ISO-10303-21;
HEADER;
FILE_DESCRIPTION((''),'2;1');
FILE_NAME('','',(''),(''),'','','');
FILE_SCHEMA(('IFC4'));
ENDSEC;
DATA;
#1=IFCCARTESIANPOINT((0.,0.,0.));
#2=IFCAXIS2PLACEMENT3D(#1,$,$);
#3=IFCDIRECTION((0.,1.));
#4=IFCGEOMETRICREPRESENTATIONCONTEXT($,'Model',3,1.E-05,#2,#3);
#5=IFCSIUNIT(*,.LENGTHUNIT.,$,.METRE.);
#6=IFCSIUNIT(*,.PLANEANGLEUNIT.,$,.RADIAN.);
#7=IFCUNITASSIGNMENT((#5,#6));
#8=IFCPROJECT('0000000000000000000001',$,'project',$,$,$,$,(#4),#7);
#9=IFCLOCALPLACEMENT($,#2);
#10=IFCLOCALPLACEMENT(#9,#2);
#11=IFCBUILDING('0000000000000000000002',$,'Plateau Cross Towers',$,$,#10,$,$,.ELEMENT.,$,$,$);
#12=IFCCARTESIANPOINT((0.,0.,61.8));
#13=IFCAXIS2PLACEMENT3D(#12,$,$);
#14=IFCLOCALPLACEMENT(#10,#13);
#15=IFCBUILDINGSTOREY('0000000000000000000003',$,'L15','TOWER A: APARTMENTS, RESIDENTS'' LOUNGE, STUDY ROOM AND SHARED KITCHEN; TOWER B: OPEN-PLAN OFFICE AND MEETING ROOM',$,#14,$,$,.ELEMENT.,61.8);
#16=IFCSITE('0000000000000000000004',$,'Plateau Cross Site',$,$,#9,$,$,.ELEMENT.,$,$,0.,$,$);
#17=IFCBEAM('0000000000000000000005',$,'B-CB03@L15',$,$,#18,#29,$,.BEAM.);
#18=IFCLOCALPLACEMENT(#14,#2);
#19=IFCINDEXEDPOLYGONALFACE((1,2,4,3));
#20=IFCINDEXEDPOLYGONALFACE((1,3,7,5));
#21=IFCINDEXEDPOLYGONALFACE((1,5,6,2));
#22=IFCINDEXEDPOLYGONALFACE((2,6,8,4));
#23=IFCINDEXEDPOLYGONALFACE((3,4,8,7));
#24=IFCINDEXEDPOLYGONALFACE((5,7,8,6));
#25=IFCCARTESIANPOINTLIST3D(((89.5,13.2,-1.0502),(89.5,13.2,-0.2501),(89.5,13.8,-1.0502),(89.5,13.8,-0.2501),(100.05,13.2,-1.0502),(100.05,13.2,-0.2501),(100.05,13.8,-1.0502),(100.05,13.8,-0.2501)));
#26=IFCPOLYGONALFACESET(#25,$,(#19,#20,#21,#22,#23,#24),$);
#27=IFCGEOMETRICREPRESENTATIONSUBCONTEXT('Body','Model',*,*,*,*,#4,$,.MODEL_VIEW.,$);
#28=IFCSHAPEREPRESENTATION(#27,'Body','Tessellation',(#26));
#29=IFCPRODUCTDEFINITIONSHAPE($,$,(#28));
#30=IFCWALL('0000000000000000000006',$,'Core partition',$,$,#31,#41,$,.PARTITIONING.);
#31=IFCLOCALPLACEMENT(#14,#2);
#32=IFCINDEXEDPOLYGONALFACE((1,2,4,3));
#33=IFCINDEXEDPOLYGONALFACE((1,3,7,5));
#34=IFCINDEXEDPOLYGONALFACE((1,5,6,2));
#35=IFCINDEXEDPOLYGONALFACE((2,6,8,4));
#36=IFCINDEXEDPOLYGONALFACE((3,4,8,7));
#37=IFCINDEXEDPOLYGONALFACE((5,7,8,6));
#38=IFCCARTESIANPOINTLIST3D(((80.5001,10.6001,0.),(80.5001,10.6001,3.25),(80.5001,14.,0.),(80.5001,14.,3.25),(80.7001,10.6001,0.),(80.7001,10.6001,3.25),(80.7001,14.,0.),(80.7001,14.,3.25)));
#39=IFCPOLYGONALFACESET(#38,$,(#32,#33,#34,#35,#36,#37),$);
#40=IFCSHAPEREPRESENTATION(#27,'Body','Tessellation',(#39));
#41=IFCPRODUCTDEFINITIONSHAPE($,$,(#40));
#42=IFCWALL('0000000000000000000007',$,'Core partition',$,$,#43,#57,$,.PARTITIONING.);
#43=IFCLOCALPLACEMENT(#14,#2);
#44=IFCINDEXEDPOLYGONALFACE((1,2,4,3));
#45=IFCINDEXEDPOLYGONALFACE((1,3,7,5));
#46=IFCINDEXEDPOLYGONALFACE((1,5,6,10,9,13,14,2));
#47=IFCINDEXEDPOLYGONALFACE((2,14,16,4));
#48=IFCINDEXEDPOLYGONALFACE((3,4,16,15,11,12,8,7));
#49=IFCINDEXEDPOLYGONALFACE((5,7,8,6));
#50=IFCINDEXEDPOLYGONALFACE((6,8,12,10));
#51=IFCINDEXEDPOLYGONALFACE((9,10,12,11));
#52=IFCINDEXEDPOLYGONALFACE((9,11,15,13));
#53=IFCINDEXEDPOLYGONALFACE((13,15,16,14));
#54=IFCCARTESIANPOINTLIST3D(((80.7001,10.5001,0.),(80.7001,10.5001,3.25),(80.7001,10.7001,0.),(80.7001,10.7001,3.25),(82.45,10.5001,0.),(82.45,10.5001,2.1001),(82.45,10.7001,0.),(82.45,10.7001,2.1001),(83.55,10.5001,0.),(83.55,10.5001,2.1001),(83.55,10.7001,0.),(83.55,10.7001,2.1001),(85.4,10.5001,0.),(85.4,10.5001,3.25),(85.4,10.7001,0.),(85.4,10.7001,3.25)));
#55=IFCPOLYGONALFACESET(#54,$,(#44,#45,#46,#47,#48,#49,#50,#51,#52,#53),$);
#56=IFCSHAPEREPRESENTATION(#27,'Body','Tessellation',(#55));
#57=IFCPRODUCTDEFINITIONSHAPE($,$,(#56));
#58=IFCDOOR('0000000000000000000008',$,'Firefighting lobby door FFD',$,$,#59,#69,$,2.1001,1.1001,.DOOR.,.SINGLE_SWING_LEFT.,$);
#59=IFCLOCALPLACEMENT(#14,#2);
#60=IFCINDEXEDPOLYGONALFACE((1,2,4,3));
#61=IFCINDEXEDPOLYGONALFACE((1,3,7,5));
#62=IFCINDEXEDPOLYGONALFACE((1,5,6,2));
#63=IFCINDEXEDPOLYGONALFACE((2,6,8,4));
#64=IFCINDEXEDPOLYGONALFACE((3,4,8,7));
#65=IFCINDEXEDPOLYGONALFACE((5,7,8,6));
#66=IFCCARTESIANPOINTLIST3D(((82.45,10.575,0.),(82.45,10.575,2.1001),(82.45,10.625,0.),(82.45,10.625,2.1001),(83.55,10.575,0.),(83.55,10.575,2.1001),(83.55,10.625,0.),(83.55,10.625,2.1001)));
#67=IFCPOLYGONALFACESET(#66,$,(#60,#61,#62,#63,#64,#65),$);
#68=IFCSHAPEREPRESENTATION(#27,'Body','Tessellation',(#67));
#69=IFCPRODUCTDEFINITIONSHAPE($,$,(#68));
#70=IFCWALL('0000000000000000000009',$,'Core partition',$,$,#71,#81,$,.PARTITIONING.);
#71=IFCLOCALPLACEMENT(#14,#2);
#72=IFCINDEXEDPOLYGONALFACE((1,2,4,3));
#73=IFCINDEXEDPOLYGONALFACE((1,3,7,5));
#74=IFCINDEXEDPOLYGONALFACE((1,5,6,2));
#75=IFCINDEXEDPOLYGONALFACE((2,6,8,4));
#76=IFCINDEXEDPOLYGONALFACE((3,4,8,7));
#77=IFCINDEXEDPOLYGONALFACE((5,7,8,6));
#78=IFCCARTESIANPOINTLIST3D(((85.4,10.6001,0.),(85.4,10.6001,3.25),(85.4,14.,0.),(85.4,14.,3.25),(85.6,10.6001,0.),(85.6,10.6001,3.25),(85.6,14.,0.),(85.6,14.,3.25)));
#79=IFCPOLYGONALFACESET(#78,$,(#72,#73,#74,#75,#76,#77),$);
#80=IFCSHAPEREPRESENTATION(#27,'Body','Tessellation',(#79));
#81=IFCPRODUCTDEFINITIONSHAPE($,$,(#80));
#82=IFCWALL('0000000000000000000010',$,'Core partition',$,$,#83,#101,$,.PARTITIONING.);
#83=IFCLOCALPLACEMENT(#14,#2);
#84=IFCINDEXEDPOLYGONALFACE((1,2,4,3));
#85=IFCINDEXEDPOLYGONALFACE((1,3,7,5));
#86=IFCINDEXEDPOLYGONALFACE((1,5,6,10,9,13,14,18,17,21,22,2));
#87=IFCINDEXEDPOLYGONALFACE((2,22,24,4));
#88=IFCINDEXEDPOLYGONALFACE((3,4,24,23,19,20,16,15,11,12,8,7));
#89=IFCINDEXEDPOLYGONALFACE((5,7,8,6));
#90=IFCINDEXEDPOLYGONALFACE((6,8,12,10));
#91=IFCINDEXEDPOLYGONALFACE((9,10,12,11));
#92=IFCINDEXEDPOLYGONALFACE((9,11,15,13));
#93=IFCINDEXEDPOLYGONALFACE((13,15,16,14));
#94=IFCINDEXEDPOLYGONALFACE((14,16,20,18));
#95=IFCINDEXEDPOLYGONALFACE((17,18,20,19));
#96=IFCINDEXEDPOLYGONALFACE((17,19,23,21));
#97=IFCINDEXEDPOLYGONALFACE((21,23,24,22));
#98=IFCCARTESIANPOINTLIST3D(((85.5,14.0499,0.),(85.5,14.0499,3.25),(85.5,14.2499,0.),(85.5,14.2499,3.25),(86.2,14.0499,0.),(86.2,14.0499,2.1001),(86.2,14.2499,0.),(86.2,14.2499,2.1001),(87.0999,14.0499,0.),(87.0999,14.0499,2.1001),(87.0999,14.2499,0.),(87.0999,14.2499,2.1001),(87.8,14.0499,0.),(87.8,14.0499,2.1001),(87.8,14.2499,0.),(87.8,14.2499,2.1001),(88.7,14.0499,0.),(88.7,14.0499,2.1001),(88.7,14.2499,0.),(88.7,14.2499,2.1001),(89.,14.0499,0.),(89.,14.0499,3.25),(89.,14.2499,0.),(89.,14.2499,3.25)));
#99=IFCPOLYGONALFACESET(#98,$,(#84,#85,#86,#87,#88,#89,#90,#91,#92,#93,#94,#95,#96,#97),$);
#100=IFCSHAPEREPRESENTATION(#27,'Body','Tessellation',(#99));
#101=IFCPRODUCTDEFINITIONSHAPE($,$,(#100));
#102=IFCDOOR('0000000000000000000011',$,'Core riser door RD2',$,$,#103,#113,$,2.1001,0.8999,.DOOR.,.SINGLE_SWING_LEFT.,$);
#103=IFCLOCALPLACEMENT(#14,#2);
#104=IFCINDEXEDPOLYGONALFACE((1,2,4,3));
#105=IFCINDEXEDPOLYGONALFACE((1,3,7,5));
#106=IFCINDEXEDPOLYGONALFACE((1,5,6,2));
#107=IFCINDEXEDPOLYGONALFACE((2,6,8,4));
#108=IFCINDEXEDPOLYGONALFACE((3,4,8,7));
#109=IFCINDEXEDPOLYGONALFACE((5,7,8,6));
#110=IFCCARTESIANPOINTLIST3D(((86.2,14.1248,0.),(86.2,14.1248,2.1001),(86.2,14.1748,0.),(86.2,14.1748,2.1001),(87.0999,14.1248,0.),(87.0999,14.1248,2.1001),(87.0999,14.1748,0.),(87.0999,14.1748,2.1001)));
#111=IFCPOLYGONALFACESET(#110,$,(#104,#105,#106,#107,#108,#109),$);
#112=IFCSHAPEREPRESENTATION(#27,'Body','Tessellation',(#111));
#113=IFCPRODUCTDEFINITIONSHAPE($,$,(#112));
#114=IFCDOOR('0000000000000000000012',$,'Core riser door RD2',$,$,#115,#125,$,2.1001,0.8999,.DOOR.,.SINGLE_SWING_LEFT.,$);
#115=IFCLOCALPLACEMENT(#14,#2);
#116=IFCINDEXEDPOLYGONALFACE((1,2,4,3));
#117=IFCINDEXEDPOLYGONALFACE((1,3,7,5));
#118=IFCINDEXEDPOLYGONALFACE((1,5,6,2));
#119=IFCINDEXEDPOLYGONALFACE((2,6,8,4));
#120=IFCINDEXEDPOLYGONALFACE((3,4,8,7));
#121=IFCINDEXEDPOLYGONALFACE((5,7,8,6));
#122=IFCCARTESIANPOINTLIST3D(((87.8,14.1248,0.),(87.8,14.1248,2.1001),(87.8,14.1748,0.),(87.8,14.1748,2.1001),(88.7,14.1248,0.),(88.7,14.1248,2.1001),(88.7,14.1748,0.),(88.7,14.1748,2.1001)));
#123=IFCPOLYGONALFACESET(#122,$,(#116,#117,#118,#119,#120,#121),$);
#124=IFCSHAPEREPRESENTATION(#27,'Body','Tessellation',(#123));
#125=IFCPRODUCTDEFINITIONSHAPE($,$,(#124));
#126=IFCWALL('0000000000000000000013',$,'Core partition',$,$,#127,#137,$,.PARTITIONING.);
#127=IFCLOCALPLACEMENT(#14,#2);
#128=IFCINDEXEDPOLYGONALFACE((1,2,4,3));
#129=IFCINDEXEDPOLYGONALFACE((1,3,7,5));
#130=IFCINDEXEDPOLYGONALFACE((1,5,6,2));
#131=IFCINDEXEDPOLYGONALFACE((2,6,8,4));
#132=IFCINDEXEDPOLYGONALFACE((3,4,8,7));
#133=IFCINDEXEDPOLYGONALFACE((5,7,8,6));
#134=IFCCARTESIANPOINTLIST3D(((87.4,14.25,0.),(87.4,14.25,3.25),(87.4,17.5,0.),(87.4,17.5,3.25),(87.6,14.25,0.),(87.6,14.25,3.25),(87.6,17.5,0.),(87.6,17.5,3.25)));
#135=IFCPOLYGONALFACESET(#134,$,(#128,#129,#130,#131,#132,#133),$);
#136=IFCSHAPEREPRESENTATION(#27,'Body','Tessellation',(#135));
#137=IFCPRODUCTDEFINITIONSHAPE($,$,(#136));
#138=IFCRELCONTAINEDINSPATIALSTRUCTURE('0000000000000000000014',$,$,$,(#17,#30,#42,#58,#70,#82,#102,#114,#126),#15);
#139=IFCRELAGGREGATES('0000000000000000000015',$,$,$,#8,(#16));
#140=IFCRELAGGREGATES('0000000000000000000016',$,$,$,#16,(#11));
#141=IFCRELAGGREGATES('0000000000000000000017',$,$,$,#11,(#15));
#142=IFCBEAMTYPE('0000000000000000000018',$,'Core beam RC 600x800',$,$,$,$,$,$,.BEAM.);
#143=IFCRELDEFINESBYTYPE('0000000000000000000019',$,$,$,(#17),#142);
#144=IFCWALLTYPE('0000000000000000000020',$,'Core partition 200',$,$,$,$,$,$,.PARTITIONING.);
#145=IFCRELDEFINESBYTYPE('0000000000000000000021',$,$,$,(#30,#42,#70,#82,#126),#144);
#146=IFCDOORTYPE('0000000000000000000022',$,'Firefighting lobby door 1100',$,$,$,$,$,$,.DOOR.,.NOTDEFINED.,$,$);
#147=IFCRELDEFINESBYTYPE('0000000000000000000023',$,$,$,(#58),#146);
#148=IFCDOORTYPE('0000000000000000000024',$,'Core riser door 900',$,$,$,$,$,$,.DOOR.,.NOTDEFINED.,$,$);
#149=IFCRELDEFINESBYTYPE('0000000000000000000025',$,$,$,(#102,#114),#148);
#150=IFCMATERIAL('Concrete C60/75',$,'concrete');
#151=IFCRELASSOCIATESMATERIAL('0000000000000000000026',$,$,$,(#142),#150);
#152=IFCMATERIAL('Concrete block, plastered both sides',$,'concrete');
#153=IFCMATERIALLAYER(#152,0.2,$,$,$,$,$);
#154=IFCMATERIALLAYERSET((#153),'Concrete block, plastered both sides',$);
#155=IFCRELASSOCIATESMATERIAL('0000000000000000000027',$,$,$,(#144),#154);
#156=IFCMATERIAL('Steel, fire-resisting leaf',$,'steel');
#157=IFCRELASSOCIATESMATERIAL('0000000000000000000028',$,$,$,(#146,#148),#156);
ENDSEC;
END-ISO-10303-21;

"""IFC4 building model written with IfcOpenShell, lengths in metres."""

from ifc_helpers import new_model, si_unit, direction, frame, frame_2d, origin, origin_2d, place, context, subcontext, project, spatial, rectangle, extrude, material, layer, layer_set, material_profile, profile_set, type_object, element, fill, save


model = new_model("IFC4")

# Units and contexts
model_context = context("Model", 3, precision=1e-05, world=origin(), true_north=direction((0.0, 1.0)))
body_context = subcontext(model_context, "Body", "Model", "MODEL_VIEW")
ifc_project = project(units=[si_unit("LENGTHUNIT", "METRE"), si_unit("PLANEANGLEUNIT", "RADIAN")], contexts=[model_context])

# Site, building, storey
site_placement = place(None, origin())
site = spatial("IfcSite", under=ifc_project, at=site_placement, Name="Plateau Cross Site", CompositionType="ELEMENT", RefElevation=0.0)
building_placement = place(site_placement, origin())
building = spatial("IfcBuilding", under=site, at=building_placement, Name="Plateau Cross Towers", CompositionType="ELEMENT")
storey_placement = place(building_placement, frame((0.0, 0.0, 61.8)))
storey = spatial("IfcBuildingStorey", under=building, at=storey_placement, Name="L15", Description="TOWER A: APARTMENTS, RESIDENTS' LOUNGE, STUDY ROOM AND SHARED KITCHEN; TOWER B: OPEN-PLAN OFFICE AND MEETING ROOM", CompositionType="ELEMENT", Elevation=61.8)

# Beam
ifc_material_1 = material(Name="Concrete C60/75", Category="concrete")
ifc_material_profile = material_profile(ifc_material_1, rectangle(XDim=0.6001, YDim=0.8, at=origin_2d()), Name="RC 600x800")
ifc_profile_set = profile_set([ifc_material_profile], Name="Concrete C60/75")
beam_type = type_object("IfcBeamType", Name="Core beam RC 600x800", PredefinedType="BEAM", material=ifc_profile_set)
beam_placement = place(storey_placement, frame((89.5, 13.5, -0.6501), z_axis=(1.0, 0.0, 0.0), x_axis=(0.0, 1.0, 0.0)))
element("IfcBeam", 1, at=beam_placement, inside=storey, type_object=beam_type, Name="B-CB03@L15", PredefinedType="BEAM", context=body_context, shape_type="SweptSolid", body=[
    extrude(rectangle(XDim=0.6001, YDim=0.8, at=origin_2d()), origin(), (0.0, 0.0, 1.0), 10.55),
])

# Wall
ifc_material_2 = material(Name="Concrete block, plastered both sides", Category="concrete")
ifc_layer_1 = layer(ifc_material_2, 0.2)
ifc_layer_set_1 = layer_set([ifc_layer_1], Name="Concrete block, plastered both sides")
wall_type_1 = type_object("IfcWallType", Name="Core partition 200", PredefinedType="PARTITIONING", material=ifc_layer_set_1)
wall_1_placement = place(storey_placement, frame((80.6001, 10.6001, 0.0), z_axis=(0.0, 0.0, 1.0), x_axis=(0.0, 1.0, 0.0)))
element("IfcWall", 2, at=wall_1_placement, inside=storey, type_object=wall_type_1, Name="Core partition", PredefinedType="PARTITIONING", context=body_context, shape_type="SweptSolid", body=[
    extrude(rectangle(XDim=3.3999, YDim=0.2, at=frame_2d((1.7, 0.0))), origin(), (0.0, 0.0, 1.0), 3.25),
])

# Wall, opening, door
wall_2_placement = place(storey_placement, frame((80.7, 10.6001, 0.0), z_axis=(0.0, 0.0, 1.0), x_axis=(1.0, 0.0, 0.0)))
wall_2 = element("IfcWall", 3, at=wall_2_placement, inside=storey, type_object=wall_type_1, Name="Core partition", PredefinedType="PARTITIONING", context=body_context, shape_type="SweptSolid", body=[
    extrude(rectangle(XDim=4.7, YDim=0.2, at=frame_2d((2.3501, 0.0))), origin(), (0.0, 0.0, 1.0), 3.25),
])
opening_1_placement = place(wall_2_placement, frame((1.75, 0.0, 0.0)))
opening_1 = element("IfcOpeningElement", 4, at=opening_1_placement, cuts=wall_2, PredefinedType="OPENING", context=body_context, shape_type="SweptSolid", body=[
    extrude(rectangle(XDim=1.1001, YDim=2.1001, at=frame_2d((0.55, 1.05))), frame((0.0, 0.1099, 0.0), z_axis=(0.0, -1.0, 0.0), x_axis=(1.0, 0.0, 0.0)), (0.0, 0.0, 1.0), 0.22),
])
ifc_material_3 = material(Name="Steel, fire-resisting leaf", Category="steel")
door_type_1 = type_object("IfcDoorType", Name="Firefighting lobby door 1100", OperationType="NOTDEFINED", PredefinedType="DOOR", material=ifc_material_3)
door_1_placement = place(opening_1_placement, origin())
door_1 = element("IfcDoor", 5, at=door_1_placement, inside=storey, type_object=door_type_1, Name="Firefighting lobby door FFD", OperationType="SINGLE_SWING_LEFT", OverallHeight=2.1001, OverallWidth=1.1001, PredefinedType="DOOR", context=body_context, shape_type="SweptSolid", body=[
    extrude(rectangle(XDim=1.1001, YDim=2.1001, at=frame_2d((0.55, 1.05))), frame((0.0, 0.0249, 0.0), z_axis=(0.0, -1.0, 0.0), x_axis=(1.0, 0.0, 0.0)), (0.0, 0.0, 1.0), 0.05),
])
fill(opening_1, door_1)

# Wall
wall_3_placement = place(storey_placement, frame((85.5, 10.6001, 0.0), z_axis=(0.0, 0.0, 1.0), x_axis=(0.0, 1.0, 0.0)))
element("IfcWall", 6, at=wall_3_placement, inside=storey, type_object=wall_type_1, Name="Core partition", PredefinedType="PARTITIONING", context=body_context, shape_type="SweptSolid", body=[
    extrude(rectangle(XDim=3.3999, YDim=0.2, at=frame_2d((1.7, 0.0))), origin(), (0.0, 0.0, 1.0), 3.25),
])

# Wall, openings, doors
wall_4_placement = place(storey_placement, frame((85.5, 14.1499, 0.0), z_axis=(0.0, 0.0, 1.0), x_axis=(1.0, 0.0, 0.0)))
wall_4 = element("IfcWall", 7, at=wall_4_placement, inside=storey, type_object=wall_type_1, Name="Core partition", PredefinedType="PARTITIONING", context=body_context, shape_type="SweptSolid", body=[
    extrude(rectangle(XDim=3.5, YDim=0.2, at=frame_2d((1.75, 0.0))), origin(), (0.0, 0.0, 1.0), 3.25),
])
opening_2_placement = place(wall_4_placement, frame((0.7, 0.0, 0.0)))
opening_2 = element("IfcOpeningElement", 8, at=opening_2_placement, cuts=wall_4, PredefinedType="OPENING", context=body_context, shape_type="SweptSolid", body=[
    extrude(rectangle(XDim=0.8999, YDim=2.1001, at=frame_2d((0.45, 1.05))), frame((0.0, 0.1099, 0.0), z_axis=(0.0, -1.0, 0.0), x_axis=(1.0, 0.0, 0.0)), (0.0, 0.0, 1.0), 0.22),
])
opening_3_placement = place(wall_4_placement, frame((2.3, 0.0, 0.0)))
opening_3 = element("IfcOpeningElement", 9, at=opening_3_placement, cuts=wall_4, PredefinedType="OPENING", context=body_context, shape_type="SweptSolid", body=[
    extrude(rectangle(XDim=0.8999, YDim=2.1001, at=frame_2d((0.45, 1.05))), frame((0.0, 0.1099, 0.0), z_axis=(0.0, -1.0, 0.0), x_axis=(1.0, 0.0, 0.0)), (0.0, 0.0, 1.0), 0.22),
])
door_type_2 = type_object("IfcDoorType", Name="Core riser door 900", OperationType="NOTDEFINED", PredefinedType="DOOR", material=ifc_material_3)
door_2_placement = place(opening_2_placement, origin())
door_2 = element("IfcDoor", 10, at=door_2_placement, inside=storey, type_object=door_type_2, Name="Core riser door RD2", OperationType="SINGLE_SWING_LEFT", OverallHeight=2.1001, OverallWidth=0.8999, PredefinedType="DOOR", context=body_context, shape_type="SweptSolid", body=[
    extrude(rectangle(XDim=0.8999, YDim=2.1001, at=frame_2d((0.45, 1.05))), frame((0.0, 0.0249, 0.0), z_axis=(0.0, -1.0, 0.0), x_axis=(1.0, 0.0, 0.0)), (0.0, 0.0, 1.0), 0.05),
])
fill(opening_2, door_2)
door_3_placement = place(opening_3_placement, origin())
door_3 = element("IfcDoor", 11, at=door_3_placement, inside=storey, type_object=door_type_2, Name="Core riser door RD2", OperationType="SINGLE_SWING_LEFT", OverallHeight=2.1001, OverallWidth=0.8999, PredefinedType="DOOR", context=body_context, shape_type="SweptSolid", body=[
    extrude(rectangle(XDim=0.8999, YDim=2.1001, at=frame_2d((0.45, 1.05))), frame((0.0, 0.0249, 0.0), z_axis=(0.0, -1.0, 0.0), x_axis=(1.0, 0.0, 0.0)), (0.0, 0.0, 1.0), 0.05),
])
fill(opening_3, door_3)

# Wall
wall_5_placement = place(storey_placement, frame((87.5, 14.25, 0.0), z_axis=(0.0, 0.0, 1.0), x_axis=(0.0, 1.0, 0.0)))
element("IfcWall", 12, at=wall_5_placement, inside=storey, type_object=wall_type_1, Name="Core partition", PredefinedType="PARTITIONING", context=body_context, shape_type="SweptSolid", body=[
    extrude(rectangle(XDim=3.25, YDim=0.2, at=frame_2d((1.625, 0.0))), origin(), (0.0, 0.0, 1.0), 3.25),
])

save(model, "model.ifc")
